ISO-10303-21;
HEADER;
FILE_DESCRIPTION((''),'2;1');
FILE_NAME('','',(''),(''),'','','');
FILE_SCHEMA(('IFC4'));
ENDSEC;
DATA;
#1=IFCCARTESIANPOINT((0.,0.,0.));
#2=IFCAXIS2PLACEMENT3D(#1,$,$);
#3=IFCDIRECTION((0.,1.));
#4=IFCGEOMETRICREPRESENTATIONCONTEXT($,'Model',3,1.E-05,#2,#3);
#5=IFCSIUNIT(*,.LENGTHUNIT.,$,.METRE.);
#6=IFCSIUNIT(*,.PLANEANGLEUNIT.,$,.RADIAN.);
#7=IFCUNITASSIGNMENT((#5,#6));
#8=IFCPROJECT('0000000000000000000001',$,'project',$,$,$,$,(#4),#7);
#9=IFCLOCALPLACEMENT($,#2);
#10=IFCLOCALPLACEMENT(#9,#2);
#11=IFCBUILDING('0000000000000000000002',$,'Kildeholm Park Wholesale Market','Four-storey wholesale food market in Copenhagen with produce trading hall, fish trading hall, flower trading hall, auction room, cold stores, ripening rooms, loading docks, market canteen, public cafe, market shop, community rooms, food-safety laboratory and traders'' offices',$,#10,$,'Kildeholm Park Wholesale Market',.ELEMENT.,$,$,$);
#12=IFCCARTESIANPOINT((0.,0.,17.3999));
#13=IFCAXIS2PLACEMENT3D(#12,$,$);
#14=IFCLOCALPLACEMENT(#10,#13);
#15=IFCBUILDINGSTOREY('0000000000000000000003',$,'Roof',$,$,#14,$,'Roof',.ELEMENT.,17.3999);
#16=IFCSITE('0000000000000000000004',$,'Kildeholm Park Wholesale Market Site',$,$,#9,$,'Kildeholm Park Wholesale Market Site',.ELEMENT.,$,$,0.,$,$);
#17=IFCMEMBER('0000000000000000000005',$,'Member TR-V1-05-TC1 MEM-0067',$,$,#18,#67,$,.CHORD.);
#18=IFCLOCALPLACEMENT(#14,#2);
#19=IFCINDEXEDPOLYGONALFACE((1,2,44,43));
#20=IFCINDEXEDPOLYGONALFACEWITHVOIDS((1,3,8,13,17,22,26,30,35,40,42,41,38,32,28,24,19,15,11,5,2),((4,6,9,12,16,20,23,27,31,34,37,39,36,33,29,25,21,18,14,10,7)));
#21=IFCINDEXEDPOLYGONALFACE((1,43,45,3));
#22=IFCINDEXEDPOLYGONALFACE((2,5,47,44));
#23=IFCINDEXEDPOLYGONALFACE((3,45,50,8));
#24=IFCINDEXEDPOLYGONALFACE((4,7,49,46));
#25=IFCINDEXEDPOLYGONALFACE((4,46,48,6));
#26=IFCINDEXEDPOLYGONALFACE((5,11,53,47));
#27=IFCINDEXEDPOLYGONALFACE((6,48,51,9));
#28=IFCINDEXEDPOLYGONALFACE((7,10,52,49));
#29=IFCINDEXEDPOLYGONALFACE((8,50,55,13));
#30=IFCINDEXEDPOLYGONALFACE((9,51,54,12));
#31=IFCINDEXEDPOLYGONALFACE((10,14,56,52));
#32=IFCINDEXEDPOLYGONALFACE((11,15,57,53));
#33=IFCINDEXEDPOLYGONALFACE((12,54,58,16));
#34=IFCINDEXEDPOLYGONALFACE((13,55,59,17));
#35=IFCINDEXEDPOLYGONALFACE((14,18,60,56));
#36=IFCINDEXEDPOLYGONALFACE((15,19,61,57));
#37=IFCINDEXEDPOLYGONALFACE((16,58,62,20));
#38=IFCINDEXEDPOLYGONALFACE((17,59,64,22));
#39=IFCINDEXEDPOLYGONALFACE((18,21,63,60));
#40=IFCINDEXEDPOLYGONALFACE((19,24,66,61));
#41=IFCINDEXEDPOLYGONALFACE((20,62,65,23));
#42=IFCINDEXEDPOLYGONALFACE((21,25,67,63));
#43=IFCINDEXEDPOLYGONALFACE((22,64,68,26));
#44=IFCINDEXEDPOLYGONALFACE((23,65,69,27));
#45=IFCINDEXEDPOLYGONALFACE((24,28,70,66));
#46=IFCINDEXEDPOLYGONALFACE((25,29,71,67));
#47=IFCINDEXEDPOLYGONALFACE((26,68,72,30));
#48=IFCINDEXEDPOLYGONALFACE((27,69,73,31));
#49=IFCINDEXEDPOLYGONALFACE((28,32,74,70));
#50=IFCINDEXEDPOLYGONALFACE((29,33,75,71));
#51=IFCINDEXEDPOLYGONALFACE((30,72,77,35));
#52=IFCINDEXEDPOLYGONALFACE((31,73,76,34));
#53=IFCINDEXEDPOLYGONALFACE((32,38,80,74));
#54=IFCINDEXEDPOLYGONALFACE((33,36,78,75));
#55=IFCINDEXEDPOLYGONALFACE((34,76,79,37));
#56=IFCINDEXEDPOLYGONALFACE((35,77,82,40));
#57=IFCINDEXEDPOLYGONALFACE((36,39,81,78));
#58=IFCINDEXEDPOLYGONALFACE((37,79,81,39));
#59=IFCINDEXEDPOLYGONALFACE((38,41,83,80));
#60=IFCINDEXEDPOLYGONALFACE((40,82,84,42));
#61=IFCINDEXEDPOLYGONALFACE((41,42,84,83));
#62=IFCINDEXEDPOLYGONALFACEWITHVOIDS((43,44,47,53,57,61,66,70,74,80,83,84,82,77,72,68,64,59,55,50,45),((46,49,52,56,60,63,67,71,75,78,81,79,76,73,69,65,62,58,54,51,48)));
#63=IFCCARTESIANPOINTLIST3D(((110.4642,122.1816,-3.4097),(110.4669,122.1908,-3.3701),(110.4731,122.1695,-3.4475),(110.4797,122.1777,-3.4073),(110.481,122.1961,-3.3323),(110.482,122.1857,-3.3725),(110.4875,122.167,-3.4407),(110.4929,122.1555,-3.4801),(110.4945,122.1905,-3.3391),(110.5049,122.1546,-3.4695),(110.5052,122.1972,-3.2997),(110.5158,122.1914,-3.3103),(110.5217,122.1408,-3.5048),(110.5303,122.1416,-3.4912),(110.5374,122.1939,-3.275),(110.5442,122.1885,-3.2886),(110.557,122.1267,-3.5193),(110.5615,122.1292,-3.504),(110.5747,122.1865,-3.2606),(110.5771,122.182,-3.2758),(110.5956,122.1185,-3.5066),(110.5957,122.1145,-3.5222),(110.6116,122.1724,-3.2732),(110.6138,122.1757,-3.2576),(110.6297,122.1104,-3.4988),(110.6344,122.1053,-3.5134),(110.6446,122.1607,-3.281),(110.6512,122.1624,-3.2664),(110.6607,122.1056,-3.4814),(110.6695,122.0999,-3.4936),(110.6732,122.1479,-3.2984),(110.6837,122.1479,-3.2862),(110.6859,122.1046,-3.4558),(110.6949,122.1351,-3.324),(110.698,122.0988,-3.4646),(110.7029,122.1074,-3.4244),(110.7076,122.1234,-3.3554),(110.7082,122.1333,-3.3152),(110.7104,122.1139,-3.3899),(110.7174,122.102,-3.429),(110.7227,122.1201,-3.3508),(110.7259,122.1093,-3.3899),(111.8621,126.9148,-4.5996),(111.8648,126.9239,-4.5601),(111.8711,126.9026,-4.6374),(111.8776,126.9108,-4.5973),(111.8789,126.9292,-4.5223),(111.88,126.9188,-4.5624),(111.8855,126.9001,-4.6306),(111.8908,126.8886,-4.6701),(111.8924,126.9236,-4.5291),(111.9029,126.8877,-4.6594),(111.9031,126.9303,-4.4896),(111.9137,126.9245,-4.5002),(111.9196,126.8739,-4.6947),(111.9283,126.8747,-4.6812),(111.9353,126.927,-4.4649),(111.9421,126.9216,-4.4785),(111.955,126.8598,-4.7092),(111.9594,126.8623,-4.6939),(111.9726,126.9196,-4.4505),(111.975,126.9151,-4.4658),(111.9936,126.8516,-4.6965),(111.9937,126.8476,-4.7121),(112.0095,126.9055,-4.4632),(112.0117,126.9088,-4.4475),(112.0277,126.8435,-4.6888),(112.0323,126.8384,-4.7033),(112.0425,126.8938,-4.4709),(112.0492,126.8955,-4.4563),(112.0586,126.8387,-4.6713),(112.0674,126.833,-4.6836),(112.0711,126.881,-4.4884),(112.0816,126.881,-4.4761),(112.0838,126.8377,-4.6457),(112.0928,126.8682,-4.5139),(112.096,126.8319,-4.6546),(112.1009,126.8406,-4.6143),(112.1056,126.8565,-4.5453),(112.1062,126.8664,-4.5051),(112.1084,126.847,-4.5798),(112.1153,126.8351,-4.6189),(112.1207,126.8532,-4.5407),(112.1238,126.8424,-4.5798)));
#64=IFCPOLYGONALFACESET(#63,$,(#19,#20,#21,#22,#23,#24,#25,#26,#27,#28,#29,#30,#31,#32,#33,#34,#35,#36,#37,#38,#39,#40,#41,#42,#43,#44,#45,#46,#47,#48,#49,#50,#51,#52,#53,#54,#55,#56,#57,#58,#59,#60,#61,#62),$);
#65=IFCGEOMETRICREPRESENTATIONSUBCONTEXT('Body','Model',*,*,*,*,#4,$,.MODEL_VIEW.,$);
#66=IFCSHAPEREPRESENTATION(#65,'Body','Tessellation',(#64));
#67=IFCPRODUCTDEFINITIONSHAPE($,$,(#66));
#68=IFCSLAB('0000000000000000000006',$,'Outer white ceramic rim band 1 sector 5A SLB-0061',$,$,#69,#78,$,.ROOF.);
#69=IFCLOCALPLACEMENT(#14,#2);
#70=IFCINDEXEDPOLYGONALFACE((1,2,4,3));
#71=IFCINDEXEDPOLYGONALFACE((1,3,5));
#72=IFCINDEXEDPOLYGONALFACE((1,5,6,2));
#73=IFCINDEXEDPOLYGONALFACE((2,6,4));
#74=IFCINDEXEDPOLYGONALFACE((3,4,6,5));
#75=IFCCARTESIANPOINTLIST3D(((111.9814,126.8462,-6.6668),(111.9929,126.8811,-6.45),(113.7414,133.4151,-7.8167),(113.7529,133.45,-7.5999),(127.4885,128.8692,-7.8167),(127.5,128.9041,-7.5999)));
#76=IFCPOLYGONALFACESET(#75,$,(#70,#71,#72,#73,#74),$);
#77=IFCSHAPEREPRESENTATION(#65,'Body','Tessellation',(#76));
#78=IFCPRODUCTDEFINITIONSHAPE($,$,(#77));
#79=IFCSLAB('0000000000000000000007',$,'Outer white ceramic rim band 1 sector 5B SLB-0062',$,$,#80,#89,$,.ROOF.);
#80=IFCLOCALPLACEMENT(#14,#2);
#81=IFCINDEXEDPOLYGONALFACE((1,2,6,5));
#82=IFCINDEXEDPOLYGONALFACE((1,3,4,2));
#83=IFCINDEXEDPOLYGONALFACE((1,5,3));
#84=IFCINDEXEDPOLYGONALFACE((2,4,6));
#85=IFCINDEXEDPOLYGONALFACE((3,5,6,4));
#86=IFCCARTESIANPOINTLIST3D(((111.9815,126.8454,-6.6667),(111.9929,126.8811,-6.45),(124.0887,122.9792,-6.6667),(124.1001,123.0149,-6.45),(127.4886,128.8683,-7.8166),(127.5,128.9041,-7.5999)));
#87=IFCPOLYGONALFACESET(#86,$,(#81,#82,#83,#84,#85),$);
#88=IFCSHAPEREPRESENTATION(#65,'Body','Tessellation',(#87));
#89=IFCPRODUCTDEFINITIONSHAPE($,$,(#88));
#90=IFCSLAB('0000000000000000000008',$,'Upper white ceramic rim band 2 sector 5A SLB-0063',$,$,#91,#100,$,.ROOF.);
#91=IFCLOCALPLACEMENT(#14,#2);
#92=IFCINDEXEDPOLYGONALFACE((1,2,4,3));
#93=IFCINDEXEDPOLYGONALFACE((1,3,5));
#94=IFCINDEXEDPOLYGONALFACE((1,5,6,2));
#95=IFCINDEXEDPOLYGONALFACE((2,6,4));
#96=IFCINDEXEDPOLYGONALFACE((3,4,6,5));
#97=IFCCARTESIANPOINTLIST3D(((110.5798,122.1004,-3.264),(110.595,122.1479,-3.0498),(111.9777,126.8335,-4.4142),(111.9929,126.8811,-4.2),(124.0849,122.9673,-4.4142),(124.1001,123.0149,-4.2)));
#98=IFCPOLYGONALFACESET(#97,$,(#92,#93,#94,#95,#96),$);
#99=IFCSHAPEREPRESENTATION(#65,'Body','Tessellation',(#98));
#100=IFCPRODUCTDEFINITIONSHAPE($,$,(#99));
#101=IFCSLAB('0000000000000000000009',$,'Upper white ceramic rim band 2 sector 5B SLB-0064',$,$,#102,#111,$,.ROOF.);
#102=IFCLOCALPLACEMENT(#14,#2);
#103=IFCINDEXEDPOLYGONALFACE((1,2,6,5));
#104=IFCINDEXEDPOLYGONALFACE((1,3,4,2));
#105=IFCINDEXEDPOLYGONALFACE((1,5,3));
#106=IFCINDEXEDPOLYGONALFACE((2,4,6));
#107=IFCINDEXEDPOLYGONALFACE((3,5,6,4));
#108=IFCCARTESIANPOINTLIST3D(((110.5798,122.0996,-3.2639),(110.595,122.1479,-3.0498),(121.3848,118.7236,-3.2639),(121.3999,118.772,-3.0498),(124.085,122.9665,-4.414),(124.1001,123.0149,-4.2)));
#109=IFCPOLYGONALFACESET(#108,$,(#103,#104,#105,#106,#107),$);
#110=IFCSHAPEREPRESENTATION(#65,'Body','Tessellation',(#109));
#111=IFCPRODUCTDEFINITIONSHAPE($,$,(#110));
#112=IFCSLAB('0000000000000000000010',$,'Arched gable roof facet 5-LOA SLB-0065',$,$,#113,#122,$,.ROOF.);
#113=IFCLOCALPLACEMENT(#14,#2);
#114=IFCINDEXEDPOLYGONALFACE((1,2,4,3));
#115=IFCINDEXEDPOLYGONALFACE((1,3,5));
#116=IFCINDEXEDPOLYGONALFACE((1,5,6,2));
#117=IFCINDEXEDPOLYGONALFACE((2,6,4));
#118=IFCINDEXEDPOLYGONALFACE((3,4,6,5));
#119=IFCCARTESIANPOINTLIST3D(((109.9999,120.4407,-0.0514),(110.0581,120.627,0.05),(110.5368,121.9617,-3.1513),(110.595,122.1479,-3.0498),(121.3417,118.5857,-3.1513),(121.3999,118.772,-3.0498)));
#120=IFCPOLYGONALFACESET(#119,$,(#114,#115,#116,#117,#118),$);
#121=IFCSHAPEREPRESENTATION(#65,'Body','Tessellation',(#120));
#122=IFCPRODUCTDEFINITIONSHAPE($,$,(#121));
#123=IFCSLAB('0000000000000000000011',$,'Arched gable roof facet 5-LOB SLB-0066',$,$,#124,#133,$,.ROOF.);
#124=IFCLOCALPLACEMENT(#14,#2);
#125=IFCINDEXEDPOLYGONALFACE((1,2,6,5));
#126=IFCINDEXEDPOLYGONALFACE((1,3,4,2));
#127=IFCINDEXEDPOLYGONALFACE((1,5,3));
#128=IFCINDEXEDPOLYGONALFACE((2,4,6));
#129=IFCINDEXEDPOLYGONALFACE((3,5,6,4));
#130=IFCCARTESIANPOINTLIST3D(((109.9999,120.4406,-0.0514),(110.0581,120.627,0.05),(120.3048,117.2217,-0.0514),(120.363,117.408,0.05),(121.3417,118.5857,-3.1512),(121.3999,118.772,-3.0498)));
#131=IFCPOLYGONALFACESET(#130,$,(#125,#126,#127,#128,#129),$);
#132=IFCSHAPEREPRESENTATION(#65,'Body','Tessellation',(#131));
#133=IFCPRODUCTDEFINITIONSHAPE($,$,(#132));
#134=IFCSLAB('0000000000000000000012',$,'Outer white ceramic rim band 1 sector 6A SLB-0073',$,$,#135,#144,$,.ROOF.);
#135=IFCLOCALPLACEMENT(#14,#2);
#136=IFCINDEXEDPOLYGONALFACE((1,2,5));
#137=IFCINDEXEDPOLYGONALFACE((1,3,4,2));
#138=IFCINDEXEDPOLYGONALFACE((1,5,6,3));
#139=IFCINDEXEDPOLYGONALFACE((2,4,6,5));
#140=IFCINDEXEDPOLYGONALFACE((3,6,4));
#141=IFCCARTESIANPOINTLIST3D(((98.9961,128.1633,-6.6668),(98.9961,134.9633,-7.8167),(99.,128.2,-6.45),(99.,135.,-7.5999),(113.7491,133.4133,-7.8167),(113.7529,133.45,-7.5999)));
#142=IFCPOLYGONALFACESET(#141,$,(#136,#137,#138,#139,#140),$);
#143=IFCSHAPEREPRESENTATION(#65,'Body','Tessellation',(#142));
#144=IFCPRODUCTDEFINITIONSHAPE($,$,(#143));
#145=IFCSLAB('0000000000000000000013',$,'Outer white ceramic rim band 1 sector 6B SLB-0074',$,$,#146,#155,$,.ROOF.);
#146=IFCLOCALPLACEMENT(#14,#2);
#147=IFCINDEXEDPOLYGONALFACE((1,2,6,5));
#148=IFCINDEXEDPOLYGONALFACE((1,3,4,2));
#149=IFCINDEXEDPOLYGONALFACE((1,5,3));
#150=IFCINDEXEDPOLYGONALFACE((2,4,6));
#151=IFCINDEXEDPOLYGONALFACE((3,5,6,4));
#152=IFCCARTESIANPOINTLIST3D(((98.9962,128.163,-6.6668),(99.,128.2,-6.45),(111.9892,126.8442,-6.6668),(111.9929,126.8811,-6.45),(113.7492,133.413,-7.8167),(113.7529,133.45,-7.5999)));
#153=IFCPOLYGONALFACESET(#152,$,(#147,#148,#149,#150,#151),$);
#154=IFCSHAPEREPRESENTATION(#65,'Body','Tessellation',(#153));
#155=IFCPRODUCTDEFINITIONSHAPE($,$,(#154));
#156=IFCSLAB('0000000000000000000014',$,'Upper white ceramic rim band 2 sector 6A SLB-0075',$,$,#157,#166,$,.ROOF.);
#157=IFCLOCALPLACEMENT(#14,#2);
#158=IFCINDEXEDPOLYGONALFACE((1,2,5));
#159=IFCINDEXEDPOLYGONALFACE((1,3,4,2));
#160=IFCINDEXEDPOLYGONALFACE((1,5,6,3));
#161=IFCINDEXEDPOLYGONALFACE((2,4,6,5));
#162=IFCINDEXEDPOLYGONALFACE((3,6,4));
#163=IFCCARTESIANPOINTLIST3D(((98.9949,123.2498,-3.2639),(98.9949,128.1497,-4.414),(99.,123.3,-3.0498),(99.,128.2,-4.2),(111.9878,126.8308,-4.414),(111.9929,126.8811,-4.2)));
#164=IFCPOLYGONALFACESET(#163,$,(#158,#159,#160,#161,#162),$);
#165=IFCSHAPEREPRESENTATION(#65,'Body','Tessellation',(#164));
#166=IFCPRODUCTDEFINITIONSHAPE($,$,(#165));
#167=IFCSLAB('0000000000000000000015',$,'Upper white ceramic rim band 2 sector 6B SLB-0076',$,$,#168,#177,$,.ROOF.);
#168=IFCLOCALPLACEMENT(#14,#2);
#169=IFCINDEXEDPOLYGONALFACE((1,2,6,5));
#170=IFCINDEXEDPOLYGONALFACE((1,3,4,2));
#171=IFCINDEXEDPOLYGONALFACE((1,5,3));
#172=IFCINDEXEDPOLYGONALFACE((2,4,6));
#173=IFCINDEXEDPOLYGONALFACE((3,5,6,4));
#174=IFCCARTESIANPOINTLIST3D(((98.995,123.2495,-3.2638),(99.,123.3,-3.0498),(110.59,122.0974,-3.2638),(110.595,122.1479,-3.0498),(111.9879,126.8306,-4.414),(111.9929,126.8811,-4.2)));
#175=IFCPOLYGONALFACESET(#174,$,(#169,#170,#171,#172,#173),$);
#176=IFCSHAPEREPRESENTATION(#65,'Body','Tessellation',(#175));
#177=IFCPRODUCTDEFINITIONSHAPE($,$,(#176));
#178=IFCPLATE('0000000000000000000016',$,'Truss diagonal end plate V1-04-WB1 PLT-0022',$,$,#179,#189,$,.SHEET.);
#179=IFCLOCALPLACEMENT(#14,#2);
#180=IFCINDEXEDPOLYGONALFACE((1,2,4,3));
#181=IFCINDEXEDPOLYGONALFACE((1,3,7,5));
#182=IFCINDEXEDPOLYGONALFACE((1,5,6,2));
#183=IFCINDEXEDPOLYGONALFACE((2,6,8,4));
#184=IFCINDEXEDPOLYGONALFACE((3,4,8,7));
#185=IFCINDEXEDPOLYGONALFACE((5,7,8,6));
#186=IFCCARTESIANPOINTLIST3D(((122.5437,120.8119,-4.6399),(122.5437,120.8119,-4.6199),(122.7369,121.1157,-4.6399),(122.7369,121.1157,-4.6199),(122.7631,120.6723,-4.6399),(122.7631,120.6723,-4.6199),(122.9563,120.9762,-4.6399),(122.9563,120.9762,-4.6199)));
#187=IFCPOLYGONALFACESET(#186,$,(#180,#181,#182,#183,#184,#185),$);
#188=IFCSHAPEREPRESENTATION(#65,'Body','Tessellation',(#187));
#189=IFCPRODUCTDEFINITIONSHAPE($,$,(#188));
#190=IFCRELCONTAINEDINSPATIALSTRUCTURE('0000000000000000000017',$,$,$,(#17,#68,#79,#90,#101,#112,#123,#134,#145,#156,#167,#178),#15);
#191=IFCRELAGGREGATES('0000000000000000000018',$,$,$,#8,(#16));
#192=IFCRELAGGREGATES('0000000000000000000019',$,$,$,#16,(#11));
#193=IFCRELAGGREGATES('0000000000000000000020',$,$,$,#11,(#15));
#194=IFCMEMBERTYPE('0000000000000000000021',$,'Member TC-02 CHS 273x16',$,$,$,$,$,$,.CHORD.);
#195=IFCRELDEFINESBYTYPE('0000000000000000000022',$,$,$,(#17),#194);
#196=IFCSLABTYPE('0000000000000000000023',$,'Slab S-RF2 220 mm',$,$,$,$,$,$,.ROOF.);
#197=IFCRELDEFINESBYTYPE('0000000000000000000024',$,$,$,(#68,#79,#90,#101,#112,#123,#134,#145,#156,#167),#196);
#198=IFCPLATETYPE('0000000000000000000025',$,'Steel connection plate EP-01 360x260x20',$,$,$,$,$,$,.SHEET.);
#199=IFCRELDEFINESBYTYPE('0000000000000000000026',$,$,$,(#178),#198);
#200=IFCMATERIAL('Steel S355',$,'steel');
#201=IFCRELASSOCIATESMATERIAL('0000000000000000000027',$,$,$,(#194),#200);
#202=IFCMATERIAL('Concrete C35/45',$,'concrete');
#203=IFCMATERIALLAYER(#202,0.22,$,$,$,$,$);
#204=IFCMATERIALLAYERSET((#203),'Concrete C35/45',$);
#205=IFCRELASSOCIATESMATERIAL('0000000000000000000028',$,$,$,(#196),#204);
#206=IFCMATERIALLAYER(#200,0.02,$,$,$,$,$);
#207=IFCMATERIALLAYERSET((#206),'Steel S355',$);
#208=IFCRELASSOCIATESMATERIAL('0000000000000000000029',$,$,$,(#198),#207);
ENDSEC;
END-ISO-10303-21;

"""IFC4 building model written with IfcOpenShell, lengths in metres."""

from ifc_helpers import new_model, si_unit, direction, frame, origin, origin_2d, place, context, subcontext, project, spatial, polyline, rectangle, hollow_circle, outline, extrude, material, layer, layer_set, material_profile, profile_set, type_object, element, save


model = new_model("IFC4")

# Units and contexts
model_context = context("Model", 3, precision=1e-05, world=origin(), true_north=direction((0.0, 1.0)))
body_context = subcontext(model_context, "Body", "Model", "MODEL_VIEW")
ifc_project = project(units=[si_unit("LENGTHUNIT", "METRE"), si_unit("PLANEANGLEUNIT", "RADIAN")], contexts=[model_context])

# Site, building, storey
site_placement = place(None, origin())
site = spatial("IfcSite", under=ifc_project, at=site_placement, Name="Kildeholm Park Wholesale Market Site", LongName="Kildeholm Park Wholesale Market Site", CompositionType="ELEMENT", RefElevation=0.0)
building_placement = place(site_placement, origin())
building = spatial("IfcBuilding", under=site, at=building_placement, Name="Kildeholm Park Wholesale Market", Description="Four-storey wholesale food market in Copenhagen with produce trading hall, fish trading hall, flower trading hall, auction room, cold stores, ripening rooms, loading docks, market canteen, public cafe, market shop, community rooms, food-safety laboratory and traders' offices", LongName="Kildeholm Park Wholesale Market", CompositionType="ELEMENT")
storey_placement = place(building_placement, frame((0.0, 0.0, 17.3999)))
storey = spatial("IfcBuildingStorey", under=building, at=storey_placement, Name="Roof", LongName="Roof", CompositionType="ELEMENT", Elevation=17.3999)

# Shared definitions
ifc_material_1 = material(Name="Steel S355", Category="steel")

# Member
ifc_material_profile_1 = material_profile(ifc_material_1, hollow_circle(Radius=0.1365, WallThickness=0.0161, at=origin_2d()), Name="CHS 273x16")
ifc_profile_set_1 = profile_set([ifc_material_profile_1], Name="Steel S355")
member_type_1 = type_object("IfcMemberType", Name="Member TC-02 CHS 273x16", PredefinedType="CHORD", material=ifc_profile_set_1)
member_1_placement = place(storey_placement, frame((111.9929, 126.8811, -4.5798), z_axis=(-0.275365, -0.932327, 0.234392), x_axis=(0.959044, -0.283256, 0.0)))
element("IfcMember", 1, at=member_1_placement, inside=storey, type_object=member_type_1, Name="Member TR-V1-05-TC1 MEM-0067", PredefinedType="CHORD", context=body_context, shape_type="SweptSolid", body=[
    extrude(hollow_circle(Radius=0.1365, WallThickness=0.0161, at=origin_2d()), origin(), (0.0, 0.0, 1.0), 5.0767),
])

# Slabs
ifc_material_2 = material(Name="Concrete C35/45", Category="concrete")
ifc_layer_1 = layer(ifc_material_2, 0.22)
ifc_layer_set_1 = layer_set([ifc_layer_1], Name="Concrete C35/45")
slab_type = type_object("IfcSlabType", Name="Slab S-RF2 220 mm", PredefinedType="ROOF", material=ifc_layer_set_1)
slab_1_placement = place(storey_placement, frame((127.5, 128.9041, -7.5999), z_axis=(0.052429, 0.158548, 0.985958), x_axis=(-0.949436, 0.313961, 0.0)))
element("IfcSlab", 2, at=slab_1_placement, inside=storey, type_object=slab_type, Name="Outer white ceramic rim band 1 sector 5A SLB-0061", PredefinedType="ROOF", context=body_context, shape_type="SweptSolid", body=[
    extrude(outline(polyline([(0.0, 0.0), (14.4792, 0.0), (14.0879, 6.886), (0.0, 0.0)])), origin(), (0.0, 0.0, -1.0), 0.22),
])
slab_2_placement = place(storey_placement, frame((127.5, 128.9041, -7.5999), z_axis=(0.051875, 0.162449, 0.985352), x_axis=(-0.988928, -0.129009, 0.073332)))
element("IfcSlab", 3, at=slab_2_placement, inside=storey, type_object=slab_type, Name="Outer white ceramic rim band 1 sector 5B SLB-0062", PredefinedType="ROOF", context=body_context, shape_type="SweptSolid", body=[
    extrude(outline(polyline([(0.0, 0.0), (15.6807, 0.0), (4.2063, 5.4654), (0.0, 0.0)])), origin(), (0.0, 0.0, -1.0), 0.22),
])
slab_3_placement = place(storey_placement, frame((124.1001, 123.0149, -4.2), z_axis=(0.069058, 0.216257, 0.973891), x_axis=(-0.952609, 0.304199, 0.0)))
element("IfcSlab", 4, at=slab_3_placement, inside=storey, type_object=slab_type, Name="Upper white ceramic rim band 2 sector 5A SLB-0063", PredefinedType="ROOF", context=body_context, shape_type="SweptSolid", body=[
    extrude(outline(polyline([(0.0, 0.0), (12.7095, 0.0), (12.6014, 5.0664), (0.0, 0.0)])), origin(), (0.0, 0.0, -1.0), 0.22),
])
slab_4_placement = place(storey_placement, frame((124.1001, 123.0149, -4.2), z_axis=(0.068746, 0.220024, 0.973069), x_axis=(-0.994361, -0.063832, 0.084683)))
element("IfcSlab", 5, at=slab_4_placement, inside=storey, type_object=slab_type, Name="Upper white ceramic rim band 2 sector 5B SLB-0064", PredefinedType="ROOF", context=body_context, shape_type="SweptSolid", body=[
    extrude(outline(polyline([(0.0, 0.0), (13.5817, 0.0), (3.0532, 4.1586), (0.0, 0.0)])), origin(), (0.0, 0.0, -1.0), 0.22),
])
slab_5_placement = place(storey_placement, frame((121.3999, 118.772, -3.0498), z_axis=(0.264595, 0.846847, 0.461345), x_axis=(-0.954494, 0.29823, 0.0)))
element("IfcSlab", 6, at=slab_5_placement, inside=storey, type_object=slab_type, Name="Arched gable roof facet 5-LOA SLB-0065", PredefinedType="ROOF", context=body_context, shape_type="SweptSolid", body=[
    extrude(outline(polyline([(0.0, 0.0), (11.3201, 0.0), (11.3789, 3.4939), (0.0, 0.0)])), origin(), (0.0, 0.0, -1.0), 0.22),
])
slab_6_placement = place(storey_placement, frame((121.3999, 118.772, -3.0498), z_axis=(0.264565, 0.84695, 0.461173), x_axis=(-0.952835, 0.155839, 0.260422)))
element("IfcSlab", 7, at=slab_6_placement, inside=storey, type_object=slab_type, Name="Arched gable roof facet 5-LOB SLB-0066", PredefinedType="ROOF", context=body_context, shape_type="SweptSolid", body=[
    extrude(outline(polyline([(0.0, 0.0), (11.9032, 0.0), (1.5827, 3.1686), (0.0, 0.0)])), origin(), (0.0, 0.0, -1.0), 0.22),
])
slab_7_placement = place(storey_placement, frame((113.7529, 133.45, -7.5999), z_axis=(0.017516, 0.166709, 0.98585), x_axis=(-0.994526, 0.104492, 0.0)))
element("IfcSlab", 8, at=slab_7_placement, inside=storey, type_object=slab_type, Name="Outer white ceramic rim band 1 sector 6A SLB-0073", PredefinedType="ROOF", context=body_context, shape_type="SweptSolid", body=[
    extrude(outline(polyline([(0.0, 0.0), (14.8341, 0.0), (14.1236, 6.8599), (0.0, 0.0)])), origin(), (0.0, 0.0, -1.0), 0.22),
])
slab_8_placement = place(storey_placement, frame((113.7529, 133.45, -7.5999), z_axis=(0.01705, 0.167973, 0.985644), x_axis=(-0.939594, -0.334365, 0.073236)))
element("IfcSlab", 9, at=slab_8_placement, inside=storey, type_object=slab_type, Name="Outer white ceramic rim band 1 sector 6B SLB-0074", PredefinedType="ROOF", context=body_context, shape_type="SweptSolid", body=[
    extrude(outline(polyline([(0.0, 0.0), (15.7014, 0.0), (3.9343, 5.6649), (0.0, 0.0)])), origin(), (0.0, 0.0, -1.0), 0.22),
])
slab_9_placement = place(storey_placement, frame((111.9929, 126.8811, -4.2), z_axis=(0.023189, 0.228456, 0.973278), x_axis=(-0.994888, 0.100986, 0.0)))
element("IfcSlab", 10, at=slab_9_placement, inside=storey, type_object=slab_type, Name="Upper white ceramic rim band 2 sector 6A SLB-0075", PredefinedType="ROOF", context=body_context, shape_type="SweptSolid", body=[
    extrude(outline(polyline([(0.0, 0.0), (13.0597, 0.0), (12.5649, 5.0087), (0.0, 0.0)])), origin(), (0.0, 0.0, -1.0), 0.22),
])
slab_10_placement = place(storey_placement, frame((111.9929, 126.8811, -4.2), z_axis=(0.022823, 0.229695, 0.972995), x_axis=(-0.960562, -0.264746, 0.08503)))
element("IfcSlab", 11, at=slab_10_placement, inside=storey, type_object=slab_type, Name="Upper white ceramic rim band 2 sector 6B SLB-0076", PredefinedType="ROOF", context=body_context, shape_type="SweptSolid", body=[
    extrude(outline(polyline([(0.0, 0.0), (13.5264, 0.0), (2.6937, 4.2923), (0.0, 0.0)])), origin(), (0.0, 0.0, -1.0), 0.22),
])

# Plate
ifc_layer_2 = layer(ifc_material_1, 0.02)
ifc_layer_set_2 = layer_set([ifc_layer_2], Name="Steel S355")
plate_type_1 = type_object("IfcPlateType", Name="Steel connection plate EP-01 360x260x20", PredefinedType="SHEET", material=ifc_layer_set_2)
for number, where, z_axis, x_axis, name in (
    (12, (122.75, 120.894, -4.6399), (0.0, 0.0, 1.0), (-0.536711, -0.843766, 0.0), "Truss diagonal end plate V1-04-WB1 PLT-0022"),
):
    element("IfcPlate", number, at=place(storey_placement, frame(where, z_axis=z_axis, x_axis=x_axis)), inside=storey, type_object=plate_type_1, Name=name, PredefinedType="SHEET", context=body_context, shape_type="SweptSolid", body=[
        extrude(rectangle(XDim=0.3601, YDim=0.26, at=origin_2d()), origin(), (0.0, 0.0, 1.0), 0.02),
    ])

save(model, "model.ifc")
